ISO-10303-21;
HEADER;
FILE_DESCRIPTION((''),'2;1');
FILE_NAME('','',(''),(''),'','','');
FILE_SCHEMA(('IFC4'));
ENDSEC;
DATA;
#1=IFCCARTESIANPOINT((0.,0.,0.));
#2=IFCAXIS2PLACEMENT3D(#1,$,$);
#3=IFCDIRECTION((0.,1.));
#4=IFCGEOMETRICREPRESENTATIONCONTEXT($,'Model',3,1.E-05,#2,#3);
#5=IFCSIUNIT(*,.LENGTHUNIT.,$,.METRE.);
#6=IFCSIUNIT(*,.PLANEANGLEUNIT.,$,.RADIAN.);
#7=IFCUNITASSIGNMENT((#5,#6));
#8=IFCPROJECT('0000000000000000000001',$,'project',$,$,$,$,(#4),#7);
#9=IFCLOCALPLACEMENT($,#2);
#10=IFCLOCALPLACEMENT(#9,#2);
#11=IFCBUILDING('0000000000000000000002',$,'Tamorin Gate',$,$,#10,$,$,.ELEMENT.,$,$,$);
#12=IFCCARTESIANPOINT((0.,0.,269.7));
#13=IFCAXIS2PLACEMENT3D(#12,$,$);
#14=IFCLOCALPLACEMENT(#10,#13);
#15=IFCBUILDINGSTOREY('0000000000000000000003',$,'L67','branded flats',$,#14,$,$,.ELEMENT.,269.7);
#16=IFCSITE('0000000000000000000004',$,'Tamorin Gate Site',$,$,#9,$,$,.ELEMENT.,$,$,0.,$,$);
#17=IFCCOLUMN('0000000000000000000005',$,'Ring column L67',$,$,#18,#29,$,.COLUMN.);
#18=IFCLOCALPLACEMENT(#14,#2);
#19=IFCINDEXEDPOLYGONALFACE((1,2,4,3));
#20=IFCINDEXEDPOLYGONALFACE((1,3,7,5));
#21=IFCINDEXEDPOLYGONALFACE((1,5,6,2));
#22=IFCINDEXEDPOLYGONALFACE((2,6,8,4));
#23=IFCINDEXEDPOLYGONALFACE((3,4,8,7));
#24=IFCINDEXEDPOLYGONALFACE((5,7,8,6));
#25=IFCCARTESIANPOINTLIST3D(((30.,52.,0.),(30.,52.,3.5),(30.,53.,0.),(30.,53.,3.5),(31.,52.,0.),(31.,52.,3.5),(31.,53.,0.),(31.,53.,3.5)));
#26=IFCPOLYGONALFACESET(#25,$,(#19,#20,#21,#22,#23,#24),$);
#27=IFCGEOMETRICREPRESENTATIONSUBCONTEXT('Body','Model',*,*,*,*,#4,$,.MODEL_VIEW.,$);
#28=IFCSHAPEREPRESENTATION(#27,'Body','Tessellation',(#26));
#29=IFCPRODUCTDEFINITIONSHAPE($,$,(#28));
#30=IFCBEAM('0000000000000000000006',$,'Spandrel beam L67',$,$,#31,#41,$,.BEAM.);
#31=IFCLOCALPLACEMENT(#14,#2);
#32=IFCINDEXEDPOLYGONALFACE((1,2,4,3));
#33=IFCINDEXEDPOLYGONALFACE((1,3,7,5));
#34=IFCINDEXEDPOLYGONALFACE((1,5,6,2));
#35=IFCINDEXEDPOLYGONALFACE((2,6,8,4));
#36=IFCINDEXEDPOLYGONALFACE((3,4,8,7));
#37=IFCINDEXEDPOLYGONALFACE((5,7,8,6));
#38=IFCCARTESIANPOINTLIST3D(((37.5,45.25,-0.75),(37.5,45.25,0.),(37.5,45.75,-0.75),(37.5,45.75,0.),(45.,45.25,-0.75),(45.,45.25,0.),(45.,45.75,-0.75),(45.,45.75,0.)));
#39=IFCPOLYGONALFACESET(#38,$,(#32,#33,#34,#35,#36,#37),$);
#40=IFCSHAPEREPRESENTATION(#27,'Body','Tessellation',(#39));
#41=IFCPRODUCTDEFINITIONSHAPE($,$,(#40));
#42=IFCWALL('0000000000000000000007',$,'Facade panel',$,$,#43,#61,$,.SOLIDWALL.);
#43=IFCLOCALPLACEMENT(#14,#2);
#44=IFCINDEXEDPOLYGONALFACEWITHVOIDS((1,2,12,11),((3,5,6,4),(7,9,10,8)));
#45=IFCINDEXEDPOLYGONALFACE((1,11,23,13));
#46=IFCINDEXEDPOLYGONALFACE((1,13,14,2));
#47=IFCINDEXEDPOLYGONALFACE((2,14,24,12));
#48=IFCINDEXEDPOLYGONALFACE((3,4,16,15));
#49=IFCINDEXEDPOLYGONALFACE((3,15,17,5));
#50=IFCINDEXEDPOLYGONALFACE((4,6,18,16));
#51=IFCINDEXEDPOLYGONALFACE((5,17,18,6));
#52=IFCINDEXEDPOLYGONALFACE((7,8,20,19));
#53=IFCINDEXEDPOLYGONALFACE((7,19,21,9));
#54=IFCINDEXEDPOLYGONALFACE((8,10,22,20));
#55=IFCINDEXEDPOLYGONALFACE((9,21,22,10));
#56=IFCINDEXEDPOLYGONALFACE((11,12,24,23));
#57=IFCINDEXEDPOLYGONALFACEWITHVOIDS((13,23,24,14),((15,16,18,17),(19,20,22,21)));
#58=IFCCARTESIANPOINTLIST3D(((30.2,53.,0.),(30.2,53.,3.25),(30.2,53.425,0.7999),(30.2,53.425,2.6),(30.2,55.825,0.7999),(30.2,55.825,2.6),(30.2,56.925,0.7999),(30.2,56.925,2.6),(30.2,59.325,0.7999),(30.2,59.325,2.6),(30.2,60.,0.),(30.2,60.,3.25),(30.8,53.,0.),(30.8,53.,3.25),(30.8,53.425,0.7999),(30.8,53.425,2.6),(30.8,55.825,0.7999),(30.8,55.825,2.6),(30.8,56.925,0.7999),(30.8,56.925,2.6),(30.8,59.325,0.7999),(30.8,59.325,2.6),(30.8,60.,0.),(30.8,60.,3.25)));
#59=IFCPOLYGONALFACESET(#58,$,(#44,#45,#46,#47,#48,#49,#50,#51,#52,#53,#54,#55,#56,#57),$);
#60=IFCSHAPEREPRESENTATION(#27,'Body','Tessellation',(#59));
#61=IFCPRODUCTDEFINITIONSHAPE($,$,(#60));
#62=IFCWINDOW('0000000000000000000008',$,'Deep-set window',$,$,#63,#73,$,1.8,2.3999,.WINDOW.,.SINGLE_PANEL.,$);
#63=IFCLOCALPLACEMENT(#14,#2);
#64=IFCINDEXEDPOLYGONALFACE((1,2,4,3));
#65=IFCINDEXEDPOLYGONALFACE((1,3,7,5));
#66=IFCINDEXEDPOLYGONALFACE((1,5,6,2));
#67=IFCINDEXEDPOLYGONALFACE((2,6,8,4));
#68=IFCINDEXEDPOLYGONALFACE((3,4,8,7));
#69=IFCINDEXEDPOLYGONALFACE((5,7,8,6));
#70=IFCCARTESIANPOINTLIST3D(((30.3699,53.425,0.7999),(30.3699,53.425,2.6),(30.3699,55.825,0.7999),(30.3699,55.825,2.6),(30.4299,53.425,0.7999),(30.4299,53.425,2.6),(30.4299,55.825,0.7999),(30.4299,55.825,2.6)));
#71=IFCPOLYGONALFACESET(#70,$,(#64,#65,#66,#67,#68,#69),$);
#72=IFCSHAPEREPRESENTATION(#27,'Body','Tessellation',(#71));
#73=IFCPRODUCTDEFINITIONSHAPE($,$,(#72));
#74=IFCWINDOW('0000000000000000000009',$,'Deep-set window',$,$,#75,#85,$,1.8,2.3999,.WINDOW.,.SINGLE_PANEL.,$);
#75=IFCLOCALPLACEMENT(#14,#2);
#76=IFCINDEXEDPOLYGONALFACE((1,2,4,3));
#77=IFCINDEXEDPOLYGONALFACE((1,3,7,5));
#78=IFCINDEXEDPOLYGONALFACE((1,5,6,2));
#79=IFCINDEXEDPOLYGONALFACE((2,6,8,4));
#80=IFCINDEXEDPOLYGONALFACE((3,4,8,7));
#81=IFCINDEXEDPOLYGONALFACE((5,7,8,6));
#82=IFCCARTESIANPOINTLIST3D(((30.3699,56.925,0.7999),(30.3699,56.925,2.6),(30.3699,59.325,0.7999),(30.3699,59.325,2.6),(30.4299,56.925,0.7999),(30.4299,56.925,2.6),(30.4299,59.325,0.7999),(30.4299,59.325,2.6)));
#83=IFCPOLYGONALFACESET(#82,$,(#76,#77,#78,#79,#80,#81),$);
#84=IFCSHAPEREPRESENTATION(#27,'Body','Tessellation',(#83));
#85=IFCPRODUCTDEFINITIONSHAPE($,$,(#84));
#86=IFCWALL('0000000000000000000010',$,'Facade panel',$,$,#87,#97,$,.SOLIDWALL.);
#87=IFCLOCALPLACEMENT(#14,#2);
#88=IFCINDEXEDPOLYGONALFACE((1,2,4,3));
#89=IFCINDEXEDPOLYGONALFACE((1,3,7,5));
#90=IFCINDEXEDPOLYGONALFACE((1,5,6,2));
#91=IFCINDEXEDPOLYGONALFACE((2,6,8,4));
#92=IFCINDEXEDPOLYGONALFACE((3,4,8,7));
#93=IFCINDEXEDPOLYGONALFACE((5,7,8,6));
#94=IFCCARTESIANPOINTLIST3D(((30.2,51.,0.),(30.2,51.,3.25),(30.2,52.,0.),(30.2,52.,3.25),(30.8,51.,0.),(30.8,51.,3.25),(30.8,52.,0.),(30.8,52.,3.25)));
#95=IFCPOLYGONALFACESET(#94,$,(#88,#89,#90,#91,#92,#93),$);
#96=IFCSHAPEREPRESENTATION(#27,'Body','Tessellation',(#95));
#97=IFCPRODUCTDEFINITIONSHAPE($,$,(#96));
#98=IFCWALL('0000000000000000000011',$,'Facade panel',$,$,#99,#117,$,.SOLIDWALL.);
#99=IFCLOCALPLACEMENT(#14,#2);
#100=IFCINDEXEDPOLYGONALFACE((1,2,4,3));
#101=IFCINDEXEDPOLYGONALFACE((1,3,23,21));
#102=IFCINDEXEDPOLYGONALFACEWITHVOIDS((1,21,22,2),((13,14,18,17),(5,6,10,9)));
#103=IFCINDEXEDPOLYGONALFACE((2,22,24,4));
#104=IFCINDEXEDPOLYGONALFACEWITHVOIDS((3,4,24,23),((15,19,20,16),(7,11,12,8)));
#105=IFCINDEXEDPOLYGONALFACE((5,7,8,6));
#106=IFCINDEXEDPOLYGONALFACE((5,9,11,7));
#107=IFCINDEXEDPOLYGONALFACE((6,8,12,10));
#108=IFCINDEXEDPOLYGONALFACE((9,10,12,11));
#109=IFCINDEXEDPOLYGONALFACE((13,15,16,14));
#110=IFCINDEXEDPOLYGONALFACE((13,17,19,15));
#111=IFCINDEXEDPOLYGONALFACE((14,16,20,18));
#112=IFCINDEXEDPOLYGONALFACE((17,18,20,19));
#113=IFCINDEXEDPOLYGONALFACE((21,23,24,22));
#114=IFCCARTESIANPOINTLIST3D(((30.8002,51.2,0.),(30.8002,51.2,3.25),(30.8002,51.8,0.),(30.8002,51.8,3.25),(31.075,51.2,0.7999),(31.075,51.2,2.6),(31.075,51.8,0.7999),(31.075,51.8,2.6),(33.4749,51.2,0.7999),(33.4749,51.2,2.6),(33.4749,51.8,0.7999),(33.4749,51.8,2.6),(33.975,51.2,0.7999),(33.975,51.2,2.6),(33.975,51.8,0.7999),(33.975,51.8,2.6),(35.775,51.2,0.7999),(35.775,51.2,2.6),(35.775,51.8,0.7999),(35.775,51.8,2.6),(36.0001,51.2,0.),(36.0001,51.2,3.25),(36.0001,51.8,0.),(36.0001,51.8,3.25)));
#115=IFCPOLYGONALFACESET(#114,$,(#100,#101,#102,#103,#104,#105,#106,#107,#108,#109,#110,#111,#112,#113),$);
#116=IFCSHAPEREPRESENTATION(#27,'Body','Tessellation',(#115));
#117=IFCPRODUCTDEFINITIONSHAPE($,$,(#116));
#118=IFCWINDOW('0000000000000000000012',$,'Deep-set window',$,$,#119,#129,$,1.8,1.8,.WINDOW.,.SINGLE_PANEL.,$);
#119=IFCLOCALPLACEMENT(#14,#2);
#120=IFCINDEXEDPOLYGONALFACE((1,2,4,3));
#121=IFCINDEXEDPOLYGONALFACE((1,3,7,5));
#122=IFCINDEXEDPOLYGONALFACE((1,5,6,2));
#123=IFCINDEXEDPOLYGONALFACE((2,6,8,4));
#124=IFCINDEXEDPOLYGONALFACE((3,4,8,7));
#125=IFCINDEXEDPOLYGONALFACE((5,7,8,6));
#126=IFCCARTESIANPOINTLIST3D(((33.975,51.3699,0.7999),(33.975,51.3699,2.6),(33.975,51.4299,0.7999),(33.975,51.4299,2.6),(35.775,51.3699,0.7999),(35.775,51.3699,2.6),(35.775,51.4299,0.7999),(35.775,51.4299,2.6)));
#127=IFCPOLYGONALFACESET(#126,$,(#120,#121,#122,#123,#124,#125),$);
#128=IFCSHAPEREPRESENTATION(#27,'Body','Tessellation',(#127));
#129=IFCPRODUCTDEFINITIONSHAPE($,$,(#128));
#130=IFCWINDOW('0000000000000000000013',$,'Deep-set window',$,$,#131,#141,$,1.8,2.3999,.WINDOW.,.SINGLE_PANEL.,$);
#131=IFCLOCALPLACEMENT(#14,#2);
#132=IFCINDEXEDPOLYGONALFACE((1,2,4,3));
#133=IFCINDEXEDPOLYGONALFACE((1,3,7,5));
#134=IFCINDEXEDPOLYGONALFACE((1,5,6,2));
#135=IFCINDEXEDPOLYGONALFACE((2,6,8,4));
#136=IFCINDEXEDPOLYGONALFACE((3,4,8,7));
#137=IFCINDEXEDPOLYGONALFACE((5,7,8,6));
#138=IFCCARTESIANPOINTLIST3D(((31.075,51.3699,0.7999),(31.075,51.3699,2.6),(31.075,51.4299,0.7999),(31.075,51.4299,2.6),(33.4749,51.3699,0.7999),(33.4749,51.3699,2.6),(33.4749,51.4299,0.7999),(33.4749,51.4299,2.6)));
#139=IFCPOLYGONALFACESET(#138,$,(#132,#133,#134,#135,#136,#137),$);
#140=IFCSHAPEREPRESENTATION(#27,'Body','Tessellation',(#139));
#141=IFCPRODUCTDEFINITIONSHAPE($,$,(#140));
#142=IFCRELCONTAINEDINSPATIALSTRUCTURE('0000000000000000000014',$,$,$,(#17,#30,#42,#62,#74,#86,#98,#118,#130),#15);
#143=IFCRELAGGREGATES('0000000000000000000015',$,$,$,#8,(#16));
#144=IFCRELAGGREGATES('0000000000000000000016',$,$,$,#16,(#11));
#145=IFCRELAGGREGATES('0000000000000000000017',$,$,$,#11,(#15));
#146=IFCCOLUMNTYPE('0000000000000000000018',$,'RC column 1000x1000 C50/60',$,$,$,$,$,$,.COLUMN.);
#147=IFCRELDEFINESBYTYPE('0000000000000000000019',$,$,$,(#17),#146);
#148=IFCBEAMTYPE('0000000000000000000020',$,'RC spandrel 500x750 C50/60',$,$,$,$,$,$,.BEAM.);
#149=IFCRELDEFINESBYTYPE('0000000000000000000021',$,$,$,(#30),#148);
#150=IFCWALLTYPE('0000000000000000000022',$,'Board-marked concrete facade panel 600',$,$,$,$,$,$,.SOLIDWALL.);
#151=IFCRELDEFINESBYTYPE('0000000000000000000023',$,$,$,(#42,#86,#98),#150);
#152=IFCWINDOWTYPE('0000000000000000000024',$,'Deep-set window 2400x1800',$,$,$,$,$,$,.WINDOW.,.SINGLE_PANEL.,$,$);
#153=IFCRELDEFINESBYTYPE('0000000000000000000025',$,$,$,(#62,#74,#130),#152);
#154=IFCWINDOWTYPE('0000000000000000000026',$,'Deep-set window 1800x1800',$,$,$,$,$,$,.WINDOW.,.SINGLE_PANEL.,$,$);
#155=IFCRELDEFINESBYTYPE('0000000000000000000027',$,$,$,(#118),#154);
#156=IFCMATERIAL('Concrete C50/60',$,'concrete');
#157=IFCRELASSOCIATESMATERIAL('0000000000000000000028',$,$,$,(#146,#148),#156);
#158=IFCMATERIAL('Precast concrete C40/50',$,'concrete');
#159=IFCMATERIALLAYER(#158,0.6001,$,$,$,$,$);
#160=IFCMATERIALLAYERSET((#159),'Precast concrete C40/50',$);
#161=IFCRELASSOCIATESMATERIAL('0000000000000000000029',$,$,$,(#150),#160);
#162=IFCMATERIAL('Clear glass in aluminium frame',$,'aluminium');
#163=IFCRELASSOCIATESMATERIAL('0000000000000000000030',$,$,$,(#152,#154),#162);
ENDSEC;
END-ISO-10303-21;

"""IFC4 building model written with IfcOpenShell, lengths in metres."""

from ifc_helpers import new_model, si_unit, direction, frame, frame_2d, origin, origin_2d, place, context, subcontext, project, spatial, rectangle, extrude, material, layer, layer_set, material_profile, profile_set, type_object, element, fill, save


model = new_model("IFC4")

# Units and contexts
model_context = context("Model", 3, precision=1e-05, world=origin(), true_north=direction((0.0, 1.0)))
body_context = subcontext(model_context, "Body", "Model", "MODEL_VIEW")
ifc_project = project(units=[si_unit("LENGTHUNIT", "METRE"), si_unit("PLANEANGLEUNIT", "RADIAN")], contexts=[model_context])

# Site, building, storey
site_placement = place(None, origin())
site = spatial("IfcSite", under=ifc_project, at=site_placement, Name="Tamorin Gate Site", CompositionType="ELEMENT", RefElevation=0.0)
building_placement = place(site_placement, origin())
building = spatial("IfcBuilding", under=site, at=building_placement, Name="Tamorin Gate", CompositionType="ELEMENT")
storey_placement = place(building_placement, frame((0.0, 0.0, 269.7)))
storey = spatial("IfcBuildingStorey", under=building, at=storey_placement, Name="L67", Description="branded flats", CompositionType="ELEMENT", Elevation=269.7)

# Column
ifc_material_1 = material(Name="Concrete C50/60", Category="concrete")
ifc_material_profile_1 = material_profile(ifc_material_1, rectangle(XDim=1.0, YDim=1.0, at=origin_2d()), Name="RC 1000x1000")
ifc_profile_set_1 = profile_set([ifc_material_profile_1], Name="Concrete C50/60")
column_type = type_object("IfcColumnType", Name="RC column 1000x1000 C50/60", PredefinedType="COLUMN", material=ifc_profile_set_1)
column_placement = place(storey_placement, frame((30.5, 52.5, 0.0), z_axis=(0.0, 0.0, 1.0), x_axis=(1.0, 0.0, 0.0)))
element("IfcColumn", 1, at=column_placement, inside=storey, type_object=column_type, Name="Ring column L67", PredefinedType="COLUMN", context=body_context, shape_type="SweptSolid", body=[
    extrude(rectangle(XDim=1.0, YDim=1.0, at=origin_2d()), origin(), (0.0, 0.0, 1.0), 3.5),
])

# Beam
ifc_material_profile_2 = material_profile(ifc_material_1, rectangle(XDim=0.5, YDim=0.75, at=origin_2d()), Name="RC 500x750")
ifc_profile_set_2 = profile_set([ifc_material_profile_2], Name="Concrete C50/60")
beam_type = type_object("IfcBeamType", Name="RC spandrel 500x750 C50/60", PredefinedType="BEAM", material=ifc_profile_set_2)
beam_placement = place(storey_placement, frame((37.5, 45.5, -0.375), z_axis=(1.0, 0.0, 0.0), x_axis=(0.0, 1.0, 0.0)))
element("IfcBeam", 2, at=beam_placement, inside=storey, type_object=beam_type, Name="Spandrel beam L67", PredefinedType="BEAM", context=body_context, shape_type="SweptSolid", body=[
    extrude(rectangle(XDim=0.5, YDim=0.75, at=origin_2d()), origin(), (0.0, 0.0, 1.0), 7.5),
])

# Wall, openings, windows
ifc_material_2 = material(Name="Precast concrete C40/50", Category="concrete")
ifc_layer_1 = layer(ifc_material_2, 0.6001)
ifc_layer_set_1 = layer_set([ifc_layer_1], Name="Precast concrete C40/50")
wall_type_1 = type_object("IfcWallType", Name="Board-marked concrete facade panel 600", PredefinedType="SOLIDWALL", material=ifc_layer_set_1)
wall_1_placement = place(storey_placement, frame((30.5, 60.0, 0.0), z_axis=(0.0, 0.0, 1.0), x_axis=(0.0, -1.0, 0.0)))
wall_1 = element("IfcWall", 3, at=wall_1_placement, inside=storey, type_object=wall_type_1, Name="Facade panel", PredefinedType="SOLIDWALL", context=body_context, shape_type="SweptSolid", body=[
    extrude(rectangle(XDim=7.0, YDim=0.6001, at=frame_2d((3.5, 0.0))), origin(), (0.0, 0.0, 1.0), 3.25),
])
opening_1_placement = place(wall_1_placement, frame((4.175, 0.0, 0.8)))
opening_1 = element("IfcOpeningElement", 4, at=opening_1_placement, cuts=wall_1, PredefinedType="OPENING", context=body_context, shape_type="SweptSolid", body=[
    extrude(rectangle(XDim=2.3999, YDim=1.8, at=frame_2d((1.2, 0.8999))), frame((0.0, 0.3101, 0.0), z_axis=(0.0, -1.0, 0.0), x_axis=(1.0, 0.0, 0.0)), (0.0, 0.0, 1.0), 0.6201),
])
opening_2_placement = place(wall_1_placement, frame((0.675, 0.0, 0.8)))
opening_2 = element("IfcOpeningElement", 5, at=opening_2_placement, cuts=wall_1, PredefinedType="OPENING", context=body_context, shape_type="SweptSolid", body=[
    extrude(rectangle(XDim=2.3999, YDim=1.8, at=frame_2d((1.2, 0.8999))), frame((0.0, 0.3101, 0.0), z_axis=(0.0, -1.0, 0.0), x_axis=(1.0, 0.0, 0.0)), (0.0, 0.0, 1.0), 0.6201),
])
ifc_material_3 = material(Name="Clear glass in aluminium frame", Category="aluminium")
window_type_1 = type_object("IfcWindowType", Name="Deep-set window 2400x1800", PartitioningType="SINGLE_PANEL", PredefinedType="WINDOW", material=ifc_material_3)
window_1_placement = place(opening_1_placement, origin())
window_1 = element("IfcWindow", 6, at=window_1_placement, inside=storey, type_object=window_type_1, Name="Deep-set window", OverallHeight=1.8, OverallWidth=2.3999, PartitioningType="SINGLE_PANEL", PredefinedType="WINDOW", context=body_context, shape_type="SweptSolid", body=[
    extrude(rectangle(XDim=2.3999, YDim=1.8, at=frame_2d((1.2, 0.8999))), frame((0.0, -0.0701, 0.0), z_axis=(0.0, -1.0, 0.0), x_axis=(1.0, 0.0, 0.0)), (0.0, 0.0, 1.0), 0.0601),
])
fill(opening_1, window_1)
window_2_placement = place(opening_2_placement, origin())
window_2 = element("IfcWindow", 7, at=window_2_placement, inside=storey, type_object=window_type_1, Name="Deep-set window", OverallHeight=1.8, OverallWidth=2.3999, PartitioningType="SINGLE_PANEL", PredefinedType="WINDOW", context=body_context, shape_type="SweptSolid", body=[
    extrude(rectangle(XDim=2.3999, YDim=1.8, at=frame_2d((1.2, 0.8999))), frame((0.0, -0.0701, 0.0), z_axis=(0.0, -1.0, 0.0), x_axis=(1.0, 0.0, 0.0)), (0.0, 0.0, 1.0), 0.0601),
])
fill(opening_2, window_2)

# Wall
wall_2_placement = place(storey_placement, frame((30.5, 52.0, 0.0), z_axis=(0.0, 0.0, 1.0), x_axis=(0.0, -1.0, 0.0)))
element("IfcWall", 8, at=wall_2_placement, inside=storey, type_object=wall_type_1, Name="Facade panel", PredefinedType="SOLIDWALL", context=body_context, shape_type="SweptSolid", body=[
    extrude(rectangle(XDim=1.0, YDim=0.6001, at=frame_2d((0.5, 0.0))), origin(), (0.0, 0.0, 1.0), 3.25),
])

# Wall, openings, windows
wall_3_placement = place(storey_placement, frame((30.8, 51.5, 0.0), z_axis=(0.0, 0.0, 1.0), x_axis=(1.0, 0.0, 0.0)))
wall_3 = element("IfcWall", 9, at=wall_3_placement, inside=storey, type_object=wall_type_1, Name="Facade panel", PredefinedType="SOLIDWALL", context=body_context, shape_type="SweptSolid", body=[
    extrude(rectangle(XDim=5.2, YDim=0.6001, at=frame_2d((2.6001, 0.0))), origin(), (0.0, 0.0, 1.0), 3.25),
])
opening_3_placement = place(wall_3_placement, frame((0.2749, 0.0, 0.8)))
opening_3 = element("IfcOpeningElement", 10, at=opening_3_placement, cuts=wall_3, PredefinedType="OPENING", context=body_context, shape_type="SweptSolid", body=[
    extrude(rectangle(XDim=2.3999, YDim=1.8, at=frame_2d((1.2, 0.8999))), frame((0.0, 0.3101, 0.0), z_axis=(0.0, -1.0, 0.0), x_axis=(1.0, 0.0, 0.0)), (0.0, 0.0, 1.0), 0.6201),
])
opening_4_placement = place(wall_3_placement, frame((3.175, 0.0, 0.8)))
opening_4 = element("IfcOpeningElement", 11, at=opening_4_placement, cuts=wall_3, PredefinedType="OPENING", context=body_context, shape_type="SweptSolid", body=[
    extrude(rectangle(XDim=1.8, YDim=1.8, at=frame_2d((0.8999, 0.8999))), frame((0.0, 0.3101, 0.0), z_axis=(0.0, -1.0, 0.0), x_axis=(1.0, 0.0, 0.0)), (0.0, 0.0, 1.0), 0.6201),
])
window_type_2 = type_object("IfcWindowType", Name="Deep-set window 1800x1800", PartitioningType="SINGLE_PANEL", PredefinedType="WINDOW", material=ifc_material_3)
window_3_placement = place(opening_4_placement, origin())
window_3 = element("IfcWindow", 12, at=window_3_placement, inside=storey, type_object=window_type_2, Name="Deep-set window", OverallHeight=1.8, OverallWidth=1.8, PartitioningType="SINGLE_PANEL", PredefinedType="WINDOW", context=body_context, shape_type="SweptSolid", body=[
    extrude(rectangle(XDim=1.8, YDim=1.8, at=frame_2d((0.8999, 0.8999))), frame((0.0, -0.0701, 0.0), z_axis=(0.0, -1.0, 0.0), x_axis=(1.0, 0.0, 0.0)), (0.0, 0.0, 1.0), 0.0601),
])
fill(opening_4, window_3)
window_4_placement = place(opening_3_placement, origin())
window_4 = element("IfcWindow", 13, at=window_4_placement, inside=storey, type_object=window_type_1, Name="Deep-set window", OverallHeight=1.8, OverallWidth=2.3999, PartitioningType="SINGLE_PANEL", PredefinedType="WINDOW", context=body_context, shape_type="SweptSolid", body=[
    extrude(rectangle(XDim=2.3999, YDim=1.8, at=frame_2d((1.2, 0.8999))), frame((0.0, -0.0701, 0.0), z_axis=(0.0, -1.0, 0.0), x_axis=(1.0, 0.0, 0.0)), (0.0, 0.0, 1.0), 0.0601),
])
fill(opening_3, window_4)

save(model, "model.ifc")
